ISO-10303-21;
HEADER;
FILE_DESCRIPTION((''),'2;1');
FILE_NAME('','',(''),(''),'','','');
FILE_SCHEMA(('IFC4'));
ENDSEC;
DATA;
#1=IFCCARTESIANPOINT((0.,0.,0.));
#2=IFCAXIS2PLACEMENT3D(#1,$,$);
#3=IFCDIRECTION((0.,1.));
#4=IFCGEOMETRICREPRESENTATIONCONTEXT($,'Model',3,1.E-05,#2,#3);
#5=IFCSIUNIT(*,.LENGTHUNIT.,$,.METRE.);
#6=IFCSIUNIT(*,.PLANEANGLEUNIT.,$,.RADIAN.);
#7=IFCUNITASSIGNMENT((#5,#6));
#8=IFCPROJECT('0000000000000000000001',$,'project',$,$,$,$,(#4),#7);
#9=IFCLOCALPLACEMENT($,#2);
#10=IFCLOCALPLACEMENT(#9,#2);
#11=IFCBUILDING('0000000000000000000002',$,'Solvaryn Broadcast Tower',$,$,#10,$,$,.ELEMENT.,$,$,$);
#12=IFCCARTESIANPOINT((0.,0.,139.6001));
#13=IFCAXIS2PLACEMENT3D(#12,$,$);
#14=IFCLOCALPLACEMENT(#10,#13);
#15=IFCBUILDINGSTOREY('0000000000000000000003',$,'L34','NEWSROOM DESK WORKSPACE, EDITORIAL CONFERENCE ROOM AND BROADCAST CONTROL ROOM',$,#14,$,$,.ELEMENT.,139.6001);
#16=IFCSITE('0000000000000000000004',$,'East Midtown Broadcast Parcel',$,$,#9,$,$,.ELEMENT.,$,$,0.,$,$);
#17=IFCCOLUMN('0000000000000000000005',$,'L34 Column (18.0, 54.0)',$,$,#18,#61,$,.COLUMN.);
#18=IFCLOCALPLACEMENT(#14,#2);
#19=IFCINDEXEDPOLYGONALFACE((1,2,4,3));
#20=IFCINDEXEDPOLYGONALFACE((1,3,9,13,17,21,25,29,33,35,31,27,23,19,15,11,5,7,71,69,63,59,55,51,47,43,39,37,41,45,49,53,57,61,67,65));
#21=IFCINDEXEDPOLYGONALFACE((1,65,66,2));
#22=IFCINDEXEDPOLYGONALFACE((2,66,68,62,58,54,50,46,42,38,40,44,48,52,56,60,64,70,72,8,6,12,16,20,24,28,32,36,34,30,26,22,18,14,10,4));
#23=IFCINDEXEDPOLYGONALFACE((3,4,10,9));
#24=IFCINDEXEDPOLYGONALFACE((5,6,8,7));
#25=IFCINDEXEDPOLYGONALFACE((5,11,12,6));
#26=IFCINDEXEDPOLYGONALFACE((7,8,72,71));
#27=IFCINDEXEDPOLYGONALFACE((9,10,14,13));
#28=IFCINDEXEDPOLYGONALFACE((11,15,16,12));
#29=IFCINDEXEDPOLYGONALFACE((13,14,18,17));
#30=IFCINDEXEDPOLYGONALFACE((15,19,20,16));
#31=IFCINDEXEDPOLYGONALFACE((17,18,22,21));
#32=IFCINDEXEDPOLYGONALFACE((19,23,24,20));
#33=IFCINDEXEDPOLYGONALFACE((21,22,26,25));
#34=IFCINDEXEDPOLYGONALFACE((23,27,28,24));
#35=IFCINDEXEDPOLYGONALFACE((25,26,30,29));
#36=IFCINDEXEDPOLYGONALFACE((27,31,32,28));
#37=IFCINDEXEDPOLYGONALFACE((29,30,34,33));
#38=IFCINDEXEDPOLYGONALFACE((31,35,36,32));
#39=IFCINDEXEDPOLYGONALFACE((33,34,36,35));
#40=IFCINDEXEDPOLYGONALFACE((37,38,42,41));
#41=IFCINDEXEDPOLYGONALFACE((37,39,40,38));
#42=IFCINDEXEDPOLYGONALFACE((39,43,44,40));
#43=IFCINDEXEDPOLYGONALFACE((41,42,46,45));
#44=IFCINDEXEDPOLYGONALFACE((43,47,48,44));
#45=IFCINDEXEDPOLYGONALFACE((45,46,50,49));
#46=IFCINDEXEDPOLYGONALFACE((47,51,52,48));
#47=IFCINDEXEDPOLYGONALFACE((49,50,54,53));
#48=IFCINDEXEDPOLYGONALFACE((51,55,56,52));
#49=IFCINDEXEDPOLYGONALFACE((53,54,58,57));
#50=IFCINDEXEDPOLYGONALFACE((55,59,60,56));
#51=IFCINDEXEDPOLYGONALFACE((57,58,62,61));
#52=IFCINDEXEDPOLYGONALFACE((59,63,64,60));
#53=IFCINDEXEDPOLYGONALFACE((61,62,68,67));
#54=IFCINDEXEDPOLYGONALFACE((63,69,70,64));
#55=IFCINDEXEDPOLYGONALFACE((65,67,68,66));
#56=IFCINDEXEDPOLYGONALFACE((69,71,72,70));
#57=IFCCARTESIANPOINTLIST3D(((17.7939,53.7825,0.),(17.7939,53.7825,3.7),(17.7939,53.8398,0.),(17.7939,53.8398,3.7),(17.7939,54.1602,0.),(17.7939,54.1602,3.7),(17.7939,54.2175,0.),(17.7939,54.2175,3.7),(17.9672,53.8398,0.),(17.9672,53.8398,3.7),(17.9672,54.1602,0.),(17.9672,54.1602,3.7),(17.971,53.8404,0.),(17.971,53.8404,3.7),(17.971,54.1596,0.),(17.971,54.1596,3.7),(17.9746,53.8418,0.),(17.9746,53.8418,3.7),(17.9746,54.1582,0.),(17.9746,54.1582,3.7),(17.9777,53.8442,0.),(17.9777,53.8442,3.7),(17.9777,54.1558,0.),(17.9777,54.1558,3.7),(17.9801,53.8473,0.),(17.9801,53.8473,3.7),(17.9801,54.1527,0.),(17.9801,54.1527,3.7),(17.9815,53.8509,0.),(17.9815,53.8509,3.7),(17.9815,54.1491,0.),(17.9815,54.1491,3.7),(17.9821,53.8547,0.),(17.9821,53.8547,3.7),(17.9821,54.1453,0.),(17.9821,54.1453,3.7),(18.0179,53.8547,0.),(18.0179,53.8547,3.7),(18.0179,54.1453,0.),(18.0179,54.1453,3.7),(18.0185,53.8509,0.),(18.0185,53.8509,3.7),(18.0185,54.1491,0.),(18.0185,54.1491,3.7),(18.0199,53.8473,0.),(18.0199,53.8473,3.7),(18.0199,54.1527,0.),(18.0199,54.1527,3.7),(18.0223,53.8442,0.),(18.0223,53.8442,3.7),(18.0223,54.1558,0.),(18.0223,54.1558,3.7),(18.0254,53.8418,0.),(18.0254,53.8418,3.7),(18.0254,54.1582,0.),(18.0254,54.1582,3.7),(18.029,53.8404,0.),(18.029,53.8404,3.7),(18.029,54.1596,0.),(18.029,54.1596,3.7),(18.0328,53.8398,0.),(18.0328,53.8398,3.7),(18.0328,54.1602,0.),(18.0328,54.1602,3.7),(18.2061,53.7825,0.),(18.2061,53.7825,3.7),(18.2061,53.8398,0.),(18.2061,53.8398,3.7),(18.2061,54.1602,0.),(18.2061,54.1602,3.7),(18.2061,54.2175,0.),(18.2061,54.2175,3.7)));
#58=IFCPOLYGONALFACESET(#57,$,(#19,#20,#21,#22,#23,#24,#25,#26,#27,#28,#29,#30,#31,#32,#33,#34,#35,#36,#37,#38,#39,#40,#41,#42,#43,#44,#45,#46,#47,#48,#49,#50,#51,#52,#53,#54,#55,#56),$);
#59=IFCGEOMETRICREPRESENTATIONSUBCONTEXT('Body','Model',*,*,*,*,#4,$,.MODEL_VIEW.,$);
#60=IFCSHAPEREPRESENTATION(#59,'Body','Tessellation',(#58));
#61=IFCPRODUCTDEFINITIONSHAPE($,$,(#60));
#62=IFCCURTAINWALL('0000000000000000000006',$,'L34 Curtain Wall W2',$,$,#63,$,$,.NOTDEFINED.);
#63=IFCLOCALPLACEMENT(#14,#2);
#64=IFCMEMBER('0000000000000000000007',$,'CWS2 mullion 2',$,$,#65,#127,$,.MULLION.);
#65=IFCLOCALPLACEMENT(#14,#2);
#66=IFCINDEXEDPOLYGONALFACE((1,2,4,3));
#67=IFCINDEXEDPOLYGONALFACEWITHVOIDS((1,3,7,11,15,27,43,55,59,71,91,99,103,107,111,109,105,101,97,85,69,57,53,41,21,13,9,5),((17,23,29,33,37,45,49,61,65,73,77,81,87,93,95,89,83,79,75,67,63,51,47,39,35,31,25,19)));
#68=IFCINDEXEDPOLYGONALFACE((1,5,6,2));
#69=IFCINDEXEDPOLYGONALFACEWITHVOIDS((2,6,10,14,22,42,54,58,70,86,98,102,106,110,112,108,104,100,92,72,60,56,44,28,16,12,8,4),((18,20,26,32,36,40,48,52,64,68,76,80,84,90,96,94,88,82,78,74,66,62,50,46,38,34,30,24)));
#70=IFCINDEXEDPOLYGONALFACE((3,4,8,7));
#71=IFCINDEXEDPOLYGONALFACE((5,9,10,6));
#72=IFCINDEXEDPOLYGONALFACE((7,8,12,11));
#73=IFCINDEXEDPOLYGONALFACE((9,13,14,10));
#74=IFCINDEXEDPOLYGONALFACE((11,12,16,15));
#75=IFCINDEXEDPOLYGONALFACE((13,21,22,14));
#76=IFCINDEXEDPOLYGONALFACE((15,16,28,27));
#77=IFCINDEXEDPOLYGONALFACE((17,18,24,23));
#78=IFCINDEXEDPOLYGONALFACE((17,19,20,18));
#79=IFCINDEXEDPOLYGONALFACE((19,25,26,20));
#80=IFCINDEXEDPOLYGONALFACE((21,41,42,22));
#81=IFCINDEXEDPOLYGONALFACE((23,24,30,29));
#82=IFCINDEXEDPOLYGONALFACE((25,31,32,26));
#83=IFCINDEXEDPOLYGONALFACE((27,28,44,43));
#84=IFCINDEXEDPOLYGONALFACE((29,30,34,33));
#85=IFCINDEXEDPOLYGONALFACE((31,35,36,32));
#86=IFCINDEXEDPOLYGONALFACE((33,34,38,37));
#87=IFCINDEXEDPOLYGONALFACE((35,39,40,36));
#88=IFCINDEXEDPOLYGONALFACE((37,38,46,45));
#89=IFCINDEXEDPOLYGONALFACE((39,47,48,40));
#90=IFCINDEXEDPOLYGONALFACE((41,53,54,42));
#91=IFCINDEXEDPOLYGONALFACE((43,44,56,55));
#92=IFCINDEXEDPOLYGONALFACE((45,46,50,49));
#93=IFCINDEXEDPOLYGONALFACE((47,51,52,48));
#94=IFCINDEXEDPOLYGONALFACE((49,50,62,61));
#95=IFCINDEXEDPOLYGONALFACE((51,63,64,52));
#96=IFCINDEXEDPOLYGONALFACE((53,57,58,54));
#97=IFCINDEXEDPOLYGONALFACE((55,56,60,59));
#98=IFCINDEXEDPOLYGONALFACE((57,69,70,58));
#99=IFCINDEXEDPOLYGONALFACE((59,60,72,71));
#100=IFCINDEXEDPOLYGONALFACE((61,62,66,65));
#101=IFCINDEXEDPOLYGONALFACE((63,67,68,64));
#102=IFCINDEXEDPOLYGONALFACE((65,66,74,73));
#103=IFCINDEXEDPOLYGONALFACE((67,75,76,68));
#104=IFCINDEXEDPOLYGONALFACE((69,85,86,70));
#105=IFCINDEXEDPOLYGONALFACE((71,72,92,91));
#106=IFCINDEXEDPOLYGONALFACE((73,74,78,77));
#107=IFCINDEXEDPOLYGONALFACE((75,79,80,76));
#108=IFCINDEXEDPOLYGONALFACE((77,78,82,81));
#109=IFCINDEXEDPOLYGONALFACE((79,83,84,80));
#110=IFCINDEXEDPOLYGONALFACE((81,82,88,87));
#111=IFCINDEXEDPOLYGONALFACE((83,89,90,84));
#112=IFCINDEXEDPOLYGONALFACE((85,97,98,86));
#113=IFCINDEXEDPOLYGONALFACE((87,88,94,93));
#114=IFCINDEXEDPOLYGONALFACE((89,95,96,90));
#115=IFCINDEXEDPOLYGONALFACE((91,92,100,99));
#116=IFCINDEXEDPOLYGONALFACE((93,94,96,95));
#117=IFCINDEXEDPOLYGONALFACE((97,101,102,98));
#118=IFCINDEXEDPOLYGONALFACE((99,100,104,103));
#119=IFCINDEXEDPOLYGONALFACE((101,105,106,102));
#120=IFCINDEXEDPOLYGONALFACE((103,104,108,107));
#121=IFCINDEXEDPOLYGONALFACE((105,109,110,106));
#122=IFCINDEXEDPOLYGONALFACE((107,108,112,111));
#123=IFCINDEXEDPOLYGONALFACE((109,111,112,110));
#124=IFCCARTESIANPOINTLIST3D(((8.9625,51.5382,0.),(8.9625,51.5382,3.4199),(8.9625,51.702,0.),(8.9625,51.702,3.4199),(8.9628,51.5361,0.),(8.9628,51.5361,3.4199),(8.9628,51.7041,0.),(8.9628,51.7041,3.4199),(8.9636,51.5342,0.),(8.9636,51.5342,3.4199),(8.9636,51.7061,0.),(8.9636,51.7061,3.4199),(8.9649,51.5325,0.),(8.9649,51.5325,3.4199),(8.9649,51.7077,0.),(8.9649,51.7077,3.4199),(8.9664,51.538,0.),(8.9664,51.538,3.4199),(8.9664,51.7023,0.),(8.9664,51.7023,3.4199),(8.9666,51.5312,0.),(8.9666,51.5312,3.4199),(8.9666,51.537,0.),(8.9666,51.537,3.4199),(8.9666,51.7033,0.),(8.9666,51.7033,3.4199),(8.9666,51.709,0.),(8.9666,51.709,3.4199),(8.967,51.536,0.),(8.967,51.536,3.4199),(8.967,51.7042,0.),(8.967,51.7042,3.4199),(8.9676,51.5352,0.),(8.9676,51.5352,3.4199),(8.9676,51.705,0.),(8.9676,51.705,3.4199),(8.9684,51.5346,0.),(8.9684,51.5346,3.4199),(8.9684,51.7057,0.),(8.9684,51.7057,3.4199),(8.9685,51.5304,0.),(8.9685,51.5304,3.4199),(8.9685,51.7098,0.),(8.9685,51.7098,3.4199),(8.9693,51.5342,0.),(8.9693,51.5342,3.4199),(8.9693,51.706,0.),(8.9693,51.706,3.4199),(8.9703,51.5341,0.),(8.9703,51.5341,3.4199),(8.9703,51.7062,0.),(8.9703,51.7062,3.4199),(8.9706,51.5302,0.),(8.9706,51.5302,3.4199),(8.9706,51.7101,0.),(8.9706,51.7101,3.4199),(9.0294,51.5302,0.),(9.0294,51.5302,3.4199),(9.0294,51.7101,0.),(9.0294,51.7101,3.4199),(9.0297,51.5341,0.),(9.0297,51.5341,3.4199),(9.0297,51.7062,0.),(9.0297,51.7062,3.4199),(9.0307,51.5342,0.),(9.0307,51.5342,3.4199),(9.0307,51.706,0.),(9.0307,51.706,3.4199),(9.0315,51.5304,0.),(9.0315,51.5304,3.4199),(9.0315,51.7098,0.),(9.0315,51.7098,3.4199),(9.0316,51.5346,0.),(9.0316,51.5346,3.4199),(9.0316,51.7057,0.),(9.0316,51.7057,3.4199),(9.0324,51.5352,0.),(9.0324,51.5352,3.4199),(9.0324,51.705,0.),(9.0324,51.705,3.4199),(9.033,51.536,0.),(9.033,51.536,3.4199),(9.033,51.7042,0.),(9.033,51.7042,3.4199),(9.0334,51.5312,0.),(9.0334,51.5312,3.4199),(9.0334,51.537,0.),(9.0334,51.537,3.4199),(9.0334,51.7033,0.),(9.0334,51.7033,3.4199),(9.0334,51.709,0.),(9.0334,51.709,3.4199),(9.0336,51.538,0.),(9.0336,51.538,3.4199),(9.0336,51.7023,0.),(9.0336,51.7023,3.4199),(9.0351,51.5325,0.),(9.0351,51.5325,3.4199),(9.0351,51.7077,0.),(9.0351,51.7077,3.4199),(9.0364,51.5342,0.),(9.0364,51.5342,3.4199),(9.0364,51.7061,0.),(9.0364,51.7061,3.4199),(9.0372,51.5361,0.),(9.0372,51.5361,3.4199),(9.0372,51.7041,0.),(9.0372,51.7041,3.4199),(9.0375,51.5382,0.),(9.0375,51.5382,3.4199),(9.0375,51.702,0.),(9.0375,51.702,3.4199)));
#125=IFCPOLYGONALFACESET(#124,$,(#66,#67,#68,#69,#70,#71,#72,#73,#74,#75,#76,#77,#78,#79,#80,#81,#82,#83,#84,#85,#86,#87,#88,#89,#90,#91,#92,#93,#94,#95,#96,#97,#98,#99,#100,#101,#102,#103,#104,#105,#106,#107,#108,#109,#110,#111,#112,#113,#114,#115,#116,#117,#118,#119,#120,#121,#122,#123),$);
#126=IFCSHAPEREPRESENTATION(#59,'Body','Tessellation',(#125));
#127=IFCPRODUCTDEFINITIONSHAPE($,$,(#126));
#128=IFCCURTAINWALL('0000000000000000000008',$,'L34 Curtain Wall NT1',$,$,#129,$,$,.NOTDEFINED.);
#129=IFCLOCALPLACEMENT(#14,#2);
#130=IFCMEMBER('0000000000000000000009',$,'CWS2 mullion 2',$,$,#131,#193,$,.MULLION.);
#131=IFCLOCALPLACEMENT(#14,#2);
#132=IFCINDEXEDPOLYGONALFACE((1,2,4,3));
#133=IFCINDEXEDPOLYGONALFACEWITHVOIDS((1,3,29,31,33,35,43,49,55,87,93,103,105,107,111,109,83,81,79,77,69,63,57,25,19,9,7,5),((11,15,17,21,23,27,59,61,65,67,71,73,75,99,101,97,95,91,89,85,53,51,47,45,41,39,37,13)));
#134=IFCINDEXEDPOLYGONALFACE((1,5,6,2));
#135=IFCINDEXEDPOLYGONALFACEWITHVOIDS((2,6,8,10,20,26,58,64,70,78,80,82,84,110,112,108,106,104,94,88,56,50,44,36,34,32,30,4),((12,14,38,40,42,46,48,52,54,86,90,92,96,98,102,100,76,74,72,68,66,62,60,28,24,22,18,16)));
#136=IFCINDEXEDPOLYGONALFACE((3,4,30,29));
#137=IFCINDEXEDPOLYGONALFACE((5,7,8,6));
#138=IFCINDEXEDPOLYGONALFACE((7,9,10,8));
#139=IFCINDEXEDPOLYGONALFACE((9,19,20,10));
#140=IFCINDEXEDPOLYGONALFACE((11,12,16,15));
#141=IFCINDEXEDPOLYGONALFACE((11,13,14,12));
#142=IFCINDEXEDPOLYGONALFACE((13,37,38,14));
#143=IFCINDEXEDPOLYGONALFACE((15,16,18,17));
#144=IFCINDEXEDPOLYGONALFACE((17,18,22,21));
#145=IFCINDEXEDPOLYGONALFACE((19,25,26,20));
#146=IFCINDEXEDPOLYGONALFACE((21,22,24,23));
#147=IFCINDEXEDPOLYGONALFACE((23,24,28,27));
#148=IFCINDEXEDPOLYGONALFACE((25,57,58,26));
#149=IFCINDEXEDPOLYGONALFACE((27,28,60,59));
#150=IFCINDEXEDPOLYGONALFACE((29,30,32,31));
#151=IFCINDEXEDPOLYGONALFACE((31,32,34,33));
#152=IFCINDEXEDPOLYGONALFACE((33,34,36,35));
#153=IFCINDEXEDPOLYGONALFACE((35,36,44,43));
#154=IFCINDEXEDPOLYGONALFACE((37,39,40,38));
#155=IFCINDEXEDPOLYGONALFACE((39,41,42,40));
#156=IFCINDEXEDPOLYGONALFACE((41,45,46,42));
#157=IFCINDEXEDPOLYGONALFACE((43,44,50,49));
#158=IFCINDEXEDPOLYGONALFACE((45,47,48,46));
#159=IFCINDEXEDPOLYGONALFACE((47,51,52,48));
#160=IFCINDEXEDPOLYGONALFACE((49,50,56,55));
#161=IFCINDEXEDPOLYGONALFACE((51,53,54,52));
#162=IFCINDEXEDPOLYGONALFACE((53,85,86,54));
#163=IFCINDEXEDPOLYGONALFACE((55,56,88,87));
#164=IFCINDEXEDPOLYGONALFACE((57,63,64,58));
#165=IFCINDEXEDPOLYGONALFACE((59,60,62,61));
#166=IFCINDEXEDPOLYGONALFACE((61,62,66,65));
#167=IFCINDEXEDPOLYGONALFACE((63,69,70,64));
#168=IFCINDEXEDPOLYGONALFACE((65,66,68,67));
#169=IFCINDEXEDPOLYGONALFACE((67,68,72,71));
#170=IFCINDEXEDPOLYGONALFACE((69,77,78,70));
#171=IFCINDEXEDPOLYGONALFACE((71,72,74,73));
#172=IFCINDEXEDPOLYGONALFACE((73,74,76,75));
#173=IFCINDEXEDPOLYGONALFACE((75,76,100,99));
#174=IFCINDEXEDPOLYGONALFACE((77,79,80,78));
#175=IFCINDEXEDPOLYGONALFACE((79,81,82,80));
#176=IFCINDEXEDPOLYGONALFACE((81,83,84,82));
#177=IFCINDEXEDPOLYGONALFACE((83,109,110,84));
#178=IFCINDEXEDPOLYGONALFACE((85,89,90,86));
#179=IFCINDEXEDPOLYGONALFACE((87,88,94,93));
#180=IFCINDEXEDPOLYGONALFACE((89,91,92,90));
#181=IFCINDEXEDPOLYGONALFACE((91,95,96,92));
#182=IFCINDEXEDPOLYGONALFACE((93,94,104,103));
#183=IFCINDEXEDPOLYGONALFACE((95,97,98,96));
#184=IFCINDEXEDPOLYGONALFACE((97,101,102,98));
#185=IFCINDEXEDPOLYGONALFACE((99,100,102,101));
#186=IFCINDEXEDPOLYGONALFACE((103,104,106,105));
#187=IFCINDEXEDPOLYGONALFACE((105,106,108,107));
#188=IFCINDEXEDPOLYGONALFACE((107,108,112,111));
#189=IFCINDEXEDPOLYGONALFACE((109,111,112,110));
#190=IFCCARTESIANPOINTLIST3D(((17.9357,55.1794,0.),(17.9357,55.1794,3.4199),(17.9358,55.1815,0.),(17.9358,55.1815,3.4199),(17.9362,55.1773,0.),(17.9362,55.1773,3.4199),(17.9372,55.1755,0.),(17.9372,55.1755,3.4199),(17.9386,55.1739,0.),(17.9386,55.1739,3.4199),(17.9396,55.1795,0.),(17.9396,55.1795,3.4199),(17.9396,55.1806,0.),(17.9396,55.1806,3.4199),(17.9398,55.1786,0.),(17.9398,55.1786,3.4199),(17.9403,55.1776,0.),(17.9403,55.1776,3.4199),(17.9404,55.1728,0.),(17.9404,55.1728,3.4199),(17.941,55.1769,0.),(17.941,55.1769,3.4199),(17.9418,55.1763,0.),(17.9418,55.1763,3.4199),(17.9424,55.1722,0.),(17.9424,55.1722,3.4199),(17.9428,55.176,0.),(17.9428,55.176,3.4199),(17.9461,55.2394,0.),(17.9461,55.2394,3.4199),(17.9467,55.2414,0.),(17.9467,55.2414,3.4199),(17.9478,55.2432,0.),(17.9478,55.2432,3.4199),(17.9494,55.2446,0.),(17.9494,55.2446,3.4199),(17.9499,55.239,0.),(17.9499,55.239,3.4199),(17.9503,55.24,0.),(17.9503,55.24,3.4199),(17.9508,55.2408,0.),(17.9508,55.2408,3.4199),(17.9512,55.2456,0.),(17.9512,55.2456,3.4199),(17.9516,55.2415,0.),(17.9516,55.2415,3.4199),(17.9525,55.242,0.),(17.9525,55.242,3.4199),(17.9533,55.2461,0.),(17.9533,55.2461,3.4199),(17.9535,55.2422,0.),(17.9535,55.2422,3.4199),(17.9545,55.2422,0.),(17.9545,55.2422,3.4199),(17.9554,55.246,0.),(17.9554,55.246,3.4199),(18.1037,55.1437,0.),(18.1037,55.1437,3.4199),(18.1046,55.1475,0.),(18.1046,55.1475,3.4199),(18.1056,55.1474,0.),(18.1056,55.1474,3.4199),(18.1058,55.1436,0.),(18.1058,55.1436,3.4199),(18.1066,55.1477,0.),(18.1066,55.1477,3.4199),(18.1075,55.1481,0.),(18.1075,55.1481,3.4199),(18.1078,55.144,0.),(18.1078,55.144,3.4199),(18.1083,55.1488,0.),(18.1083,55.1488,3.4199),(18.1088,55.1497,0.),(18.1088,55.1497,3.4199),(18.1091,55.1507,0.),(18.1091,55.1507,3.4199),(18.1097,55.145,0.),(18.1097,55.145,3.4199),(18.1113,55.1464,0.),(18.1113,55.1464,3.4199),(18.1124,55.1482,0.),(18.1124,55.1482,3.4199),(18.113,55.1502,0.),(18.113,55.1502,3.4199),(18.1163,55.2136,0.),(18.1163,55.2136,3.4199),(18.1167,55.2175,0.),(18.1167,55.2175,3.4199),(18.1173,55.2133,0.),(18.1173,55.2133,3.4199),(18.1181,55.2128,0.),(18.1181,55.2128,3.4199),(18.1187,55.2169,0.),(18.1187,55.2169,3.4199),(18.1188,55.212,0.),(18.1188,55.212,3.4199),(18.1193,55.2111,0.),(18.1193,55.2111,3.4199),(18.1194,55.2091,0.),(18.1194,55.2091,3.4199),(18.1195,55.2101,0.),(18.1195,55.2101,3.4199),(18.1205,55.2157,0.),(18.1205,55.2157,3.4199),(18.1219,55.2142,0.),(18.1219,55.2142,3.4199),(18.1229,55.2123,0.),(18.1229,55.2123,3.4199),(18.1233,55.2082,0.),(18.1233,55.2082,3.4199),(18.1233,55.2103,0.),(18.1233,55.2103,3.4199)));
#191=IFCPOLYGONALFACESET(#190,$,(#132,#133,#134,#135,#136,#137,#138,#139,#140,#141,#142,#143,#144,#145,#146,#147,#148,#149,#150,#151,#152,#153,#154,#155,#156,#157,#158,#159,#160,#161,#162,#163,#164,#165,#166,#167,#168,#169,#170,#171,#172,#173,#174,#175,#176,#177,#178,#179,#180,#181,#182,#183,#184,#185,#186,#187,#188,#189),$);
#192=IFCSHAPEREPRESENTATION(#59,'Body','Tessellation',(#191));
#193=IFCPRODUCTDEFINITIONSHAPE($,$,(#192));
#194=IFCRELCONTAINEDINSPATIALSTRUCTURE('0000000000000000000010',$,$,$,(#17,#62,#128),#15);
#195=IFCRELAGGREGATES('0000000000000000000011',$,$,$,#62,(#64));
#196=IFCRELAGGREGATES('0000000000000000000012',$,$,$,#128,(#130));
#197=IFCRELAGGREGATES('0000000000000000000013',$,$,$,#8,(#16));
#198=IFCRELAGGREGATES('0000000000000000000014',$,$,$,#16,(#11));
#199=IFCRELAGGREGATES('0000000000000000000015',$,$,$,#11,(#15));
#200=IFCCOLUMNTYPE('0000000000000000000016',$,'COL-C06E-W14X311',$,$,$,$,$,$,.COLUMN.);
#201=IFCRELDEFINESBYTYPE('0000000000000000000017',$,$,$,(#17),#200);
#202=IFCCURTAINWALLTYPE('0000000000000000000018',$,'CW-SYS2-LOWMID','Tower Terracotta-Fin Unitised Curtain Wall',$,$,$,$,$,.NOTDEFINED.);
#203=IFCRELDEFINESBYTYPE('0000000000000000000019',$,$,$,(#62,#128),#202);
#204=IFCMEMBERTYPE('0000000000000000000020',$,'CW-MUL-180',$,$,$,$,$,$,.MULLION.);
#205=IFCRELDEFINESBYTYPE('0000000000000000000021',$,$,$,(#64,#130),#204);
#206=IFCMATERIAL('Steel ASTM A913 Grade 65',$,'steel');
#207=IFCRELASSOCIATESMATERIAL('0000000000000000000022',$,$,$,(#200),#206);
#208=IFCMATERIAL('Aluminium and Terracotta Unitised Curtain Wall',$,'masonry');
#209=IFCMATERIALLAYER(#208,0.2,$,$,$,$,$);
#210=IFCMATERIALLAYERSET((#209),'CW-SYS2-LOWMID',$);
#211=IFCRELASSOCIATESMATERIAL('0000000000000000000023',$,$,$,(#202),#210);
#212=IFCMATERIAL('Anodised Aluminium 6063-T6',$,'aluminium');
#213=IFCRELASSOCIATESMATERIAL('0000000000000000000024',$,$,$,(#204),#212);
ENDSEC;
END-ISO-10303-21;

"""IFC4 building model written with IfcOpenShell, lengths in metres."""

from ifc_helpers import new_model, si_unit, direction, frame, origin, origin_2d, place, context, subcontext, project, spatial, hollow_rectangle, i_section, extrude, material, layer, layer_set, material_profile, profile_set, type_object, element, aggregate, save


model = new_model("IFC4")

# Units and contexts
model_context = context("Model", 3, precision=1e-05, world=origin(), true_north=direction((0.0, 1.0)))
body_context = subcontext(model_context, "Body", "Model", "MODEL_VIEW")
ifc_project = project(units=[si_unit("LENGTHUNIT", "METRE"), si_unit("PLANEANGLEUNIT", "RADIAN")], contexts=[model_context])

# Site, building, storey
site_placement = place(None, origin())
site = spatial("IfcSite", under=ifc_project, at=site_placement, Name="East Midtown Broadcast Parcel", CompositionType="ELEMENT", RefElevation=0.0)
building_placement = place(site_placement, origin())
building = spatial("IfcBuilding", under=site, at=building_placement, Name="Solvaryn Broadcast Tower", CompositionType="ELEMENT")
storey_placement = place(building_placement, frame((0.0, 0.0, 139.6001)))
storey = spatial("IfcBuildingStorey", under=building, at=storey_placement, Name="L34", Description="NEWSROOM DESK WORKSPACE, EDITORIAL CONFERENCE ROOM AND BROADCAST CONTROL ROOM", CompositionType="ELEMENT", Elevation=139.6001)

# Column
ifc_material_1 = material(Name="Steel ASTM A913 Grade 65", Category="steel")
ifc_material_profile_1 = material_profile(ifc_material_1, i_section(OverallWidth=0.4121, OverallDepth=0.4351, WebThickness=0.0359, FlangeThickness=0.0574, FilletRadius=0.0149, at=origin_2d()))
ifc_profile_set_1 = profile_set([ifc_material_profile_1], Name="Steel ASTM A913 Grade 65")
column_type = type_object("IfcColumnType", Name="COL-C06E-W14X311", PredefinedType="COLUMN", material=ifc_profile_set_1)
column_placement = place(storey_placement, frame((18.0, 54.0, 0.0), z_axis=(0.0, 0.0, 1.0), x_axis=(1.0, 0.0, 0.0)))
element("IfcColumn", 1, at=column_placement, inside=storey, type_object=column_type, Name="L34 Column (18.0, 54.0)", PredefinedType="COLUMN", context=body_context, shape_type="SweptSolid", body=[
    extrude(i_section(OverallWidth=0.4121, OverallDepth=0.4351, WebThickness=0.0359, FlangeThickness=0.0574, FilletRadius=0.0149, at=origin_2d()), origin(), (0.0, 0.0, 1.0), 3.7),
])

# Curtain walls, members
ifc_material_2 = material(Name="Aluminium and Terracotta Unitised Curtain Wall", Category="masonry")
ifc_layer_1 = layer(ifc_material_2, 0.2)
ifc_layer_set_1 = layer_set([ifc_layer_1], Name="CW-SYS2-LOWMID")
curtain_wall_type = type_object("IfcCurtainWallType", Name="CW-SYS2-LOWMID", Description="Tower Terracotta-Fin Unitised Curtain Wall", PredefinedType="NOTDEFINED", material=ifc_layer_set_1)
curtain_wall_1_placement = place(storey_placement, origin())
curtain_wall_1 = element("IfcCurtainWall", 2, at=curtain_wall_1_placement, inside=storey, type_object=curtain_wall_type, Name="L34 Curtain Wall W2", PredefinedType="NOTDEFINED")
ifc_material_3 = material(Name="Anodised Aluminium 6063-T6", Category="aluminium")
ifc_material_profile_2 = material_profile(ifc_material_3, hollow_rectangle(XDim=0.075, YDim=0.1799, WallThickness=0.0039, InnerFilletRadius=0.0039, OuterFilletRadius=0.0081, at=origin_2d()))
ifc_profile_set_2 = profile_set([ifc_material_profile_2], Name="Anodised Aluminium 6063-T6")
member_type_1 = type_object("IfcMemberType", Name="CW-MUL-180", PredefinedType="MULLION", material=ifc_profile_set_2)
member_1_placement = place(storey_placement, frame((9.0, 51.6201, 0.0), z_axis=(0.0, 0.0, 1.0), x_axis=(-1.0, 0.0, 0.0)))
member_1 = element("IfcMember", 3, at=member_1_placement, type_object=member_type_1, Name="CWS2 mullion 2", PredefinedType="MULLION", context=body_context, shape_type="SweptSolid", body=[
    extrude(hollow_rectangle(XDim=0.075, YDim=0.1799, WallThickness=0.0039, InnerFilletRadius=0.0039, OuterFilletRadius=0.0081, at=origin_2d()), origin(), (0.0, 0.0, 1.0), 3.4199),
])
curtain_wall_2_placement = place(storey_placement, origin())
curtain_wall_2 = element("IfcCurtainWall", 4, at=curtain_wall_2_placement, inside=storey, type_object=curtain_wall_type, Name="L34 Curtain Wall NT1", PredefinedType="NOTDEFINED")
member_2_placement = place(storey_placement, frame((18.0295, 55.1948, 0.0), z_axis=(0.0, 0.0, 1.0), x_axis=(-0.173785, -0.984784, 0.0)))
member_2 = element("IfcMember", 5, at=member_2_placement, type_object=member_type_1, Name="CWS2 mullion 2", PredefinedType="MULLION", context=body_context, shape_type="SweptSolid", body=[
    extrude(hollow_rectangle(XDim=0.075, YDim=0.1799, WallThickness=0.0039, InnerFilletRadius=0.0039, OuterFilletRadius=0.0081, at=origin_2d()), origin(), (0.0, 0.0, 1.0), 3.4199),
])

aggregate(curtain_wall_1, [member_1])
aggregate(curtain_wall_2, [member_2])

save(model, "model.ifc")
